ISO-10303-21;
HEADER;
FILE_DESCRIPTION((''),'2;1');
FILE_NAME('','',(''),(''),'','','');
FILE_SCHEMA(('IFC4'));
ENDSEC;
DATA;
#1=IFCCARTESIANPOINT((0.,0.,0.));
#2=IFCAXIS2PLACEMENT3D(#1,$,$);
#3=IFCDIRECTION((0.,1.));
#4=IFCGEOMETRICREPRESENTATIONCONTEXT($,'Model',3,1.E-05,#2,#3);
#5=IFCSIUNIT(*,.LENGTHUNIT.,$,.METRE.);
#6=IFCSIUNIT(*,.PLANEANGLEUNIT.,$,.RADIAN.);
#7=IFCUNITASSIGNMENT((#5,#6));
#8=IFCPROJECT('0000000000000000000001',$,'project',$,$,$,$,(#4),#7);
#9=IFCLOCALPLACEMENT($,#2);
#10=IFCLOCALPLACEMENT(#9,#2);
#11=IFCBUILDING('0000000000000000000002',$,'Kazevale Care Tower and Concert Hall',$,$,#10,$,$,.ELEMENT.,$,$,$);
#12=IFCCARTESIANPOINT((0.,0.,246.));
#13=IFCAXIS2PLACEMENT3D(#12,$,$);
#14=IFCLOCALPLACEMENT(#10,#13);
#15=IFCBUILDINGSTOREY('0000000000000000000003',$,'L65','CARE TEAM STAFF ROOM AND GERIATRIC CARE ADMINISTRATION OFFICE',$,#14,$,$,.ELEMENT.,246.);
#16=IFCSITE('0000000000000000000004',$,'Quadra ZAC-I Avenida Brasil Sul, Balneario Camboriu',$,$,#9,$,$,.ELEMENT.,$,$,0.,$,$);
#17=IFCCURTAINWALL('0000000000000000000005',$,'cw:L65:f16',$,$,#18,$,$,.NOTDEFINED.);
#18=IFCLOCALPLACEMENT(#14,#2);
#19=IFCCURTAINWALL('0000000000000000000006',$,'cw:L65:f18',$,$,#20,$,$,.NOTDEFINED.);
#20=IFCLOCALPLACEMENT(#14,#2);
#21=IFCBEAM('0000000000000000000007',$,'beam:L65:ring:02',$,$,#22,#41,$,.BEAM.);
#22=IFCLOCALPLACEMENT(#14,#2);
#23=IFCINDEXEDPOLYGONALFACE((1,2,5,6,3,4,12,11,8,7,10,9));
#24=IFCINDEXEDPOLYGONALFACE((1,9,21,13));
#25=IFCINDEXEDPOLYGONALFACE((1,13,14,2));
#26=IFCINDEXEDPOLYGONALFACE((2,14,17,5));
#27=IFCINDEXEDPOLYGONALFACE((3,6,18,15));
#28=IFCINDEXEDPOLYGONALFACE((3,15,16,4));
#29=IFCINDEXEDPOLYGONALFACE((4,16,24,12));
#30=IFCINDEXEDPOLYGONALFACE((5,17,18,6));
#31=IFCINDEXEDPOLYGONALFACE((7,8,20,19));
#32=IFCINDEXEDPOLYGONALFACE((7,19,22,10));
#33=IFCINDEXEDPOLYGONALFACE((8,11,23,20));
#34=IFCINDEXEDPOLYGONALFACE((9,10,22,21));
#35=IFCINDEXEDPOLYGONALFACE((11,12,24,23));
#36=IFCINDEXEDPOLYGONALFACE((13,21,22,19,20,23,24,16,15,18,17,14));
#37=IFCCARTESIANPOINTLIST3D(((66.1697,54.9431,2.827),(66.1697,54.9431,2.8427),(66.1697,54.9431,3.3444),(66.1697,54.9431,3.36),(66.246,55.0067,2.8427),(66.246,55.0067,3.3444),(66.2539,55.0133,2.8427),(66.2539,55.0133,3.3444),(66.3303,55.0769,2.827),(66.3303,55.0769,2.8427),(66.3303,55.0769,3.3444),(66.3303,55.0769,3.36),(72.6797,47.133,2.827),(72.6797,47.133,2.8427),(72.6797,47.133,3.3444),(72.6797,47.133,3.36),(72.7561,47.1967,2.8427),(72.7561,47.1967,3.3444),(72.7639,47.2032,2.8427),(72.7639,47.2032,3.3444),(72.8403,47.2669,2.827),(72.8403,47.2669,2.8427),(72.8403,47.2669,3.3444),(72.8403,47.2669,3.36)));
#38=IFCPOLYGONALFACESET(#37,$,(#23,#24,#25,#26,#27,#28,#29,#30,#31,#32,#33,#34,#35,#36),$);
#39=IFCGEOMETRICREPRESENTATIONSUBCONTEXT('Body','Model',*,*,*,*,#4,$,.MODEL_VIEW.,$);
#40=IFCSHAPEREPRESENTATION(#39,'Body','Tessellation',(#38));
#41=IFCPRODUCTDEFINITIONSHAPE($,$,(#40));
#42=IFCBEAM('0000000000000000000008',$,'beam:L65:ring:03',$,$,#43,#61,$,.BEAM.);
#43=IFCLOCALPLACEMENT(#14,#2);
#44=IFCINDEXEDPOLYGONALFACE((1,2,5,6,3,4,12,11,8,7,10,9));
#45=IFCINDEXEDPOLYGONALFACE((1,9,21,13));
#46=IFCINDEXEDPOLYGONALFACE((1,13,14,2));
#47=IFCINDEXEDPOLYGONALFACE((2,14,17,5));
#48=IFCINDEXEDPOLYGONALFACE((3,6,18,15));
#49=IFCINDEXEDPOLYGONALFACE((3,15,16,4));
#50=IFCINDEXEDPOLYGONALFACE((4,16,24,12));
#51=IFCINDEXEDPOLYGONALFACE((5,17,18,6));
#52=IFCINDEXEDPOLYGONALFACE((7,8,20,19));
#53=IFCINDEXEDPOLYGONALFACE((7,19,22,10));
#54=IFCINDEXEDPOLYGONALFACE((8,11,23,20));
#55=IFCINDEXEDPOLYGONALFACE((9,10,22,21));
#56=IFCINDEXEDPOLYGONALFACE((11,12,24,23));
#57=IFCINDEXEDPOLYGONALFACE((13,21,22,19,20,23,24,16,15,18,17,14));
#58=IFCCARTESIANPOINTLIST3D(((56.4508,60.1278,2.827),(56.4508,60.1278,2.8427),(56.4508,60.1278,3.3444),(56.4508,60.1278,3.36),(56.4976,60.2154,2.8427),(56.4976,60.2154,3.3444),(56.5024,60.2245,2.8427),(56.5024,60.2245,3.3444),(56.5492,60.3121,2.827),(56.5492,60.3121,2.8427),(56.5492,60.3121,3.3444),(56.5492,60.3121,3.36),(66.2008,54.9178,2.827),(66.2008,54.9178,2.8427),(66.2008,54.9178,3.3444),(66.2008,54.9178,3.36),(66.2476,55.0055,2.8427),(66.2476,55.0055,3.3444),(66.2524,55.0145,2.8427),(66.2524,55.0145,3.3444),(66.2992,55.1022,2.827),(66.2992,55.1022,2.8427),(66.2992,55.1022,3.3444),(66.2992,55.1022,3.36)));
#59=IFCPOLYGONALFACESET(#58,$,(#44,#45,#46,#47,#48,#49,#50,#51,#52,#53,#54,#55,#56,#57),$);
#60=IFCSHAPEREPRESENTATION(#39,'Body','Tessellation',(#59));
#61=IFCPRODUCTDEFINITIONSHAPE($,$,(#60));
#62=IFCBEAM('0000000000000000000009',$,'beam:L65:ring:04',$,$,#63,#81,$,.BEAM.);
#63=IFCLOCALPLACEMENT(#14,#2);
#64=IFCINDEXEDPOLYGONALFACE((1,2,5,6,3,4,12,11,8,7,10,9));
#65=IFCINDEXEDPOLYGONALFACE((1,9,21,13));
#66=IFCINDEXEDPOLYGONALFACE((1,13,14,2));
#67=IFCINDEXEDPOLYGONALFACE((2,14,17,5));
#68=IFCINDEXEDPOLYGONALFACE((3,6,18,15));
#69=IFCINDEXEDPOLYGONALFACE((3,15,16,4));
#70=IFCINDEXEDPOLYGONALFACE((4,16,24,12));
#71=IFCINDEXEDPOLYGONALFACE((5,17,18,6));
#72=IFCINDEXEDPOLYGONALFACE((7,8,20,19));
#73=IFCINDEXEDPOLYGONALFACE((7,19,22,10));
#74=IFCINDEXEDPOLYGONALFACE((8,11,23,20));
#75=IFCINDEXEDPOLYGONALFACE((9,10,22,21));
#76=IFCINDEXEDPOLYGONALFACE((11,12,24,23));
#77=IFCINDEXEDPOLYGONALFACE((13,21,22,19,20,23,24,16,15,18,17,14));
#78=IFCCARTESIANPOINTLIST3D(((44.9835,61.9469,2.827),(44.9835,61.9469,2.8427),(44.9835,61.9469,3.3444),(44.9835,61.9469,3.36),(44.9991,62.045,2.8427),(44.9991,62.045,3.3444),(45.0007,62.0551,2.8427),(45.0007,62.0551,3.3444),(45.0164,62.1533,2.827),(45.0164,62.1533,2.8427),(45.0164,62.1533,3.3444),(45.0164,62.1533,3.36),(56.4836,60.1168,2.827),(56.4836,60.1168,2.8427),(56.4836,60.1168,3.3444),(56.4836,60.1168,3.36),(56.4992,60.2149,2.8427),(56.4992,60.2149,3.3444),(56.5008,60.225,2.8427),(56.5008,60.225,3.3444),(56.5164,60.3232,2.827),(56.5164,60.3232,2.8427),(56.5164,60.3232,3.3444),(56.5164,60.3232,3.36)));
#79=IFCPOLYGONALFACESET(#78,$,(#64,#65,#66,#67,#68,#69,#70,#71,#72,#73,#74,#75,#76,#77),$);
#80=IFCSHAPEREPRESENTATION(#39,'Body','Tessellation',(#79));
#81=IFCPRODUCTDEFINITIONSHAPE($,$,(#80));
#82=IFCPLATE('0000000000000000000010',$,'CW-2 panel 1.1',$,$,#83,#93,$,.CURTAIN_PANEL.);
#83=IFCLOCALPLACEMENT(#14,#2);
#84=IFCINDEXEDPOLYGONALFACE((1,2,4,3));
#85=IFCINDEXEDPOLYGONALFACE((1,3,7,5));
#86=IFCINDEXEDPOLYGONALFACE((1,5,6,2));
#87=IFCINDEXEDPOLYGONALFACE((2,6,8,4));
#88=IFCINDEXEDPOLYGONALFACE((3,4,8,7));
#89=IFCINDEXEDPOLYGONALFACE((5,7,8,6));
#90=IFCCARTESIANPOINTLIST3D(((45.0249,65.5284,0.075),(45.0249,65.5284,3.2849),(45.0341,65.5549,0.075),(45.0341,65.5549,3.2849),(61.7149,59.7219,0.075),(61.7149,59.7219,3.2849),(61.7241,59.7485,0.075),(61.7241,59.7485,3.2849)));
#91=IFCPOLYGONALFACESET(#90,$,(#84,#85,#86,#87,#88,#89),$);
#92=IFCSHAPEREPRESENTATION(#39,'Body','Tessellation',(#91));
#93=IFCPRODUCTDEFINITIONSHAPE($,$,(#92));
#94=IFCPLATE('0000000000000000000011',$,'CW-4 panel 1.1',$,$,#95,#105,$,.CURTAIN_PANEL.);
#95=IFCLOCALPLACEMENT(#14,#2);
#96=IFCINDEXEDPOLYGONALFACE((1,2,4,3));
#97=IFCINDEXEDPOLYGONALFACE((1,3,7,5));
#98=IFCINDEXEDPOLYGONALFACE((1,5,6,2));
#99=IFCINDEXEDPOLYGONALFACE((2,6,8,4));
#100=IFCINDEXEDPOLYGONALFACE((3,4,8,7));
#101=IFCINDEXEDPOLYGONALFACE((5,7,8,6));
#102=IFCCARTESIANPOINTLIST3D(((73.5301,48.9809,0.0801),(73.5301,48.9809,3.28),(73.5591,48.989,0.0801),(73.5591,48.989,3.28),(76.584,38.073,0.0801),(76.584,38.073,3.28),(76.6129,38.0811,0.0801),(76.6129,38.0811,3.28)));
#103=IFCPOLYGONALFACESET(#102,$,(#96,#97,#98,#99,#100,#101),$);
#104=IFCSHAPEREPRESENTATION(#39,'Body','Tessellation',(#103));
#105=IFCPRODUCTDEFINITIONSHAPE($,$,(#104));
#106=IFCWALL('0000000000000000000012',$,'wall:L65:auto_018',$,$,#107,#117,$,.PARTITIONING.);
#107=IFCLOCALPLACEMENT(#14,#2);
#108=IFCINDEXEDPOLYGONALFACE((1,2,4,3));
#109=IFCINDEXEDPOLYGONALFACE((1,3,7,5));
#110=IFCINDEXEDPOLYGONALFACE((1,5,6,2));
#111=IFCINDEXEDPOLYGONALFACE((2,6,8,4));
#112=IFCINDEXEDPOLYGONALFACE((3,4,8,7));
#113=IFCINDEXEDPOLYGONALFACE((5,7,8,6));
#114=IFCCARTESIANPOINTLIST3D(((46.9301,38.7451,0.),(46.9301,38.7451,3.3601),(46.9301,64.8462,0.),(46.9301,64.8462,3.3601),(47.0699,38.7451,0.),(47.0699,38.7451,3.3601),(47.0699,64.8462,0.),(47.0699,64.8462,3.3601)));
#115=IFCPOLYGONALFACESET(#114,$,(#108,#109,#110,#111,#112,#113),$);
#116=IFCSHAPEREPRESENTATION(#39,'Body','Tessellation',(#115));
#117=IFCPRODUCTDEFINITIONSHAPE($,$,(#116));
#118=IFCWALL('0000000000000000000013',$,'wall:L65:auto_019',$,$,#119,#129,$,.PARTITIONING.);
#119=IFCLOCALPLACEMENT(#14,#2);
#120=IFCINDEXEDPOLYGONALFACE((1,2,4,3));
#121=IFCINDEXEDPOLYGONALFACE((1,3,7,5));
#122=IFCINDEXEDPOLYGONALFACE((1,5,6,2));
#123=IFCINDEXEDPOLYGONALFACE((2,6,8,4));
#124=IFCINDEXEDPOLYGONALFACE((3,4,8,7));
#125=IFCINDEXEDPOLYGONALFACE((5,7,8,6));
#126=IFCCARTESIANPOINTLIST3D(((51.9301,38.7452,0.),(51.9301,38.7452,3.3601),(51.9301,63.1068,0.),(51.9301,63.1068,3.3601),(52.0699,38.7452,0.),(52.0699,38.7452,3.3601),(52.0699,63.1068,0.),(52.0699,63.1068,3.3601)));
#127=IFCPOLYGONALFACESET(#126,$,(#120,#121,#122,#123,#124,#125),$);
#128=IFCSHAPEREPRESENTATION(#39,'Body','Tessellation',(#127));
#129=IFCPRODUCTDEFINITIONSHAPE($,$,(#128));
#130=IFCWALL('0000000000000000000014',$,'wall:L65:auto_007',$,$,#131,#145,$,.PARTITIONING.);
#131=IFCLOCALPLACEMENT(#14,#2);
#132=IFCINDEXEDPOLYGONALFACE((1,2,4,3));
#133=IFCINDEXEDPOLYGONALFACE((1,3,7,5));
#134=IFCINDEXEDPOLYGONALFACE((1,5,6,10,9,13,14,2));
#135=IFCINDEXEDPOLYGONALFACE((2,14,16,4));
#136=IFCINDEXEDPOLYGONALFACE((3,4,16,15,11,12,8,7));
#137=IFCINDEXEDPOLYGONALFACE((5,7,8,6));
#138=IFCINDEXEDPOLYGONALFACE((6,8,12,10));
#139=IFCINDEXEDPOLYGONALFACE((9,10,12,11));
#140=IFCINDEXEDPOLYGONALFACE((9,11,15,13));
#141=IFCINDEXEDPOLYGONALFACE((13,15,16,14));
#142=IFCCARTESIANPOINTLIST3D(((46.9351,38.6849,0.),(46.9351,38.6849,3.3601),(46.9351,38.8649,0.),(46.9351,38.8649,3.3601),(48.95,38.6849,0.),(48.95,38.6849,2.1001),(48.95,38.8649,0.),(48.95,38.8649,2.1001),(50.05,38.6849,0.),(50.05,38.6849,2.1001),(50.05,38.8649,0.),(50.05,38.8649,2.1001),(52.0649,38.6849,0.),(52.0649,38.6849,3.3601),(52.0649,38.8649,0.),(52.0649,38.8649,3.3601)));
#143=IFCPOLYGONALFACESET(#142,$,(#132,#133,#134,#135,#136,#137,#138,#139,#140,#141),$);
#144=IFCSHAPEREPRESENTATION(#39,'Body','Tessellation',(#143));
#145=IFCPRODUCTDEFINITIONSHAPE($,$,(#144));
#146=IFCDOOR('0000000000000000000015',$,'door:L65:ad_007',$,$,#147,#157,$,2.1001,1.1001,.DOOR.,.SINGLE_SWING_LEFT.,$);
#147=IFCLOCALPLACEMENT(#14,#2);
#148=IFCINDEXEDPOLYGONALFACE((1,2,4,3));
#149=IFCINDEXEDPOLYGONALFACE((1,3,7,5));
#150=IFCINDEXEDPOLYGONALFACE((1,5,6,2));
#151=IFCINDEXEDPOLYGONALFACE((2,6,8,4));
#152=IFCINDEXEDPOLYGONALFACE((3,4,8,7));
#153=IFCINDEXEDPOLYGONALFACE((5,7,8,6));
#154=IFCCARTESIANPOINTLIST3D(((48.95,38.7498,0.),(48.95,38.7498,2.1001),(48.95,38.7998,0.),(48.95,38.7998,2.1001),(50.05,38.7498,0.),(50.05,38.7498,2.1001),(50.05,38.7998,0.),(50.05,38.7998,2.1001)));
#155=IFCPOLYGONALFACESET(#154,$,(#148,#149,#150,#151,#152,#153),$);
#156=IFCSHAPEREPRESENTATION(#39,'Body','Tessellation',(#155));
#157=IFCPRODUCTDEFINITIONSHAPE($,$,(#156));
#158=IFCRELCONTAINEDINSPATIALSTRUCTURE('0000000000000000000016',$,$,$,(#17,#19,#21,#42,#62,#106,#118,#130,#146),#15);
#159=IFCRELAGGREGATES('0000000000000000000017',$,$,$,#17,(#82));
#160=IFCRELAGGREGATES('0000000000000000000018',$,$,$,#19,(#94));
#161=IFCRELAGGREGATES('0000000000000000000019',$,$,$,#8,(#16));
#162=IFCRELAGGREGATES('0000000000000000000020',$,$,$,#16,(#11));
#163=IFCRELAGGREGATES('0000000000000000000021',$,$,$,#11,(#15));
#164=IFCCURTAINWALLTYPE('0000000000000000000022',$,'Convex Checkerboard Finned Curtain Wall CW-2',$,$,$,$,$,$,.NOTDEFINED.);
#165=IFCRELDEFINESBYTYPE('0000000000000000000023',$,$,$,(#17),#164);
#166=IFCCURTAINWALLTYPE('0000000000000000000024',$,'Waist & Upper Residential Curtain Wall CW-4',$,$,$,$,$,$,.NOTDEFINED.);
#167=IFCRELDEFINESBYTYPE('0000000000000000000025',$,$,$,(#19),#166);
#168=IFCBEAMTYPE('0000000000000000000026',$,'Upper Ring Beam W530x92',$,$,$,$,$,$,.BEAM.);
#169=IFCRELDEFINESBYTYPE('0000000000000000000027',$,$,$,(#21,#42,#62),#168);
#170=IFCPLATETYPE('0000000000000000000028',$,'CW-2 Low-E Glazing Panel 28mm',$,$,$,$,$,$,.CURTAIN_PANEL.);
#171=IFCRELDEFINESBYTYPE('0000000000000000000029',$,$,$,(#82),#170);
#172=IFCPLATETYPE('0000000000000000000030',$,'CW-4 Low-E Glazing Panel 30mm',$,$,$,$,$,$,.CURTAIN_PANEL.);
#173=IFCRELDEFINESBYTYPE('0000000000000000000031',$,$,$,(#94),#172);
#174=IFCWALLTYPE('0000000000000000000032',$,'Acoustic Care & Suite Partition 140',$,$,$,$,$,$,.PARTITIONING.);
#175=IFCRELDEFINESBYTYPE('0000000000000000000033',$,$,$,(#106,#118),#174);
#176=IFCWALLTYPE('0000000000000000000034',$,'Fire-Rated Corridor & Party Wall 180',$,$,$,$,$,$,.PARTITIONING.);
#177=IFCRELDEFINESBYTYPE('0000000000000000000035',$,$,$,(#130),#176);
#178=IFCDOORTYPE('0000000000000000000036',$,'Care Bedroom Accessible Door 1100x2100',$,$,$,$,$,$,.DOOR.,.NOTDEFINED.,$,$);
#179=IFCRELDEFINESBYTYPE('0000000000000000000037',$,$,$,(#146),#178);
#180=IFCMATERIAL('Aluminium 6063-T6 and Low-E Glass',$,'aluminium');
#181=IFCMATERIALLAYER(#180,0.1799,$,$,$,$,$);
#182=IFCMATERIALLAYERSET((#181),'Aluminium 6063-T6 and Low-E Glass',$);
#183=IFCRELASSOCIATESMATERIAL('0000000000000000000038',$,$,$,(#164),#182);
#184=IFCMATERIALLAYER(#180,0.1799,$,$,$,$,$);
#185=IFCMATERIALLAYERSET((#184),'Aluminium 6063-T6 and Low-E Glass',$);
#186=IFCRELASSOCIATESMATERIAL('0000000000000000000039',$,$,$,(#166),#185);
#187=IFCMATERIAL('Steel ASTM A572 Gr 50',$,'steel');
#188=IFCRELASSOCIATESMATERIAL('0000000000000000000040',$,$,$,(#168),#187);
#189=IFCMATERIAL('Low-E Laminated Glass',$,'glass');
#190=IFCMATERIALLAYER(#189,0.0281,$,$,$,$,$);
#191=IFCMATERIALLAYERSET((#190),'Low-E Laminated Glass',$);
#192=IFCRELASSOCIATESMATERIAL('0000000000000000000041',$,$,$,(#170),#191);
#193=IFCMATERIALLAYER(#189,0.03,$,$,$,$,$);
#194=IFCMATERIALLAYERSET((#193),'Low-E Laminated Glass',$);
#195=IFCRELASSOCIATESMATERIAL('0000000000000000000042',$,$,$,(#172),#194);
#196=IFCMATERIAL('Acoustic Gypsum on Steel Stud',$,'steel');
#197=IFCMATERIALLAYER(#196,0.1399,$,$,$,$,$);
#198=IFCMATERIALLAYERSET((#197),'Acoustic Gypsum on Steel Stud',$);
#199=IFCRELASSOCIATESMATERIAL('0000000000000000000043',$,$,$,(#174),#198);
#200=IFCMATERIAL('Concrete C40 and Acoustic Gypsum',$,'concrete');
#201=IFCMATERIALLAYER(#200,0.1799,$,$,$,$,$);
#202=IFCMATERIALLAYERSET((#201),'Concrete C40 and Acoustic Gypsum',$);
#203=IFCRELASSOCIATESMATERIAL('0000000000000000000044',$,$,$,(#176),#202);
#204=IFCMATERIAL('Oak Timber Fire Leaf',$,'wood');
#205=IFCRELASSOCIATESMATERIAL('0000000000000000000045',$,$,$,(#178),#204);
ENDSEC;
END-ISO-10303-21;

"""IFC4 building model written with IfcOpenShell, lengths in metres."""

from ifc_helpers import new_model, si_unit, direction, frame, frame_2d, origin, origin_2d, place, context, subcontext, project, spatial, rectangle, i_section, extrude, material, layer, layer_set, material_profile, profile_set, type_object, element, fill, aggregate, save


model = new_model("IFC4")

# Units and contexts
model_context = context("Model", 3, precision=1e-05, world=origin(), true_north=direction((0.0, 1.0)))
body_context = subcontext(model_context, "Body", "Model", "MODEL_VIEW")
ifc_project = project(units=[si_unit("LENGTHUNIT", "METRE"), si_unit("PLANEANGLEUNIT", "RADIAN")], contexts=[model_context])

# Site, building, storey
site_placement = place(None, origin())
site = spatial("IfcSite", under=ifc_project, at=site_placement, Name="Quadra ZAC-I Avenida Brasil Sul, Balneario Camboriu", CompositionType="ELEMENT", RefElevation=0.0)
building_placement = place(site_placement, origin())
building = spatial("IfcBuilding", under=site, at=building_placement, Name="Kazevale Care Tower and Concert Hall", CompositionType="ELEMENT")
storey_placement = place(building_placement, frame((0.0, 0.0, 246.0)))
storey = spatial("IfcBuildingStorey", under=building, at=storey_placement, Name="L65", Description="CARE TEAM STAFF ROOM AND GERIATRIC CARE ADMINISTRATION OFFICE", CompositionType="ELEMENT", Elevation=246.0)

# Curtain wall
ifc_material_1 = material(Name="Aluminium 6063-T6 and Low-E Glass", Category="aluminium")
ifc_layer_1 = layer(ifc_material_1, 0.1799)
ifc_layer_set_1 = layer_set([ifc_layer_1], Name="Aluminium 6063-T6 and Low-E Glass")
curtain_wall_type_1 = type_object("IfcCurtainWallType", Name="Convex Checkerboard Finned Curtain Wall CW-2", PredefinedType="NOTDEFINED", material=ifc_layer_set_1)
curtain_wall_1_placement = place(storey_placement, origin())
curtain_wall_1 = element("IfcCurtainWall", 1, at=curtain_wall_1_placement, inside=storey, type_object=curtain_wall_type_1, Name="cw:L65:f16", PredefinedType="NOTDEFINED")

# Curtain wall
ifc_layer_2 = layer(ifc_material_1, 0.1799)
ifc_layer_set_2 = layer_set([ifc_layer_2], Name="Aluminium 6063-T6 and Low-E Glass")
curtain_wall_type_2 = type_object("IfcCurtainWallType", Name="Waist & Upper Residential Curtain Wall CW-4", PredefinedType="NOTDEFINED", material=ifc_layer_set_2)
curtain_wall_2_placement = place(storey_placement, origin())
curtain_wall_2 = element("IfcCurtainWall", 2, at=curtain_wall_2_placement, inside=storey, type_object=curtain_wall_type_2, Name="cw:L65:f18", PredefinedType="NOTDEFINED")

# Beams
ifc_material_2 = material(Name="Steel ASTM A572 Gr 50", Category="steel")
ifc_material_profile_1 = material_profile(ifc_material_2, i_section(OverallWidth=0.209, OverallDepth=0.533, WebThickness=0.0103, FlangeThickness=0.0156, at=origin_2d()), Name="W530x92")
ifc_profile_set_1 = profile_set([ifc_material_profile_1], Name="Steel ASTM A572 Gr 50")
beam_type_1 = type_object("IfcBeamType", Name="Upper Ring Beam W530x92", PredefinedType="BEAM", material=ifc_profile_set_1)
beam_1_placement = place(storey_placement, frame((72.76, 47.2, 3.0935), z_axis=(-0.640279, 0.768143, 0.0), x_axis=(-0.768143, -0.640279, 0.0)))
element("IfcBeam", 3, at=beam_1_placement, inside=storey, type_object=beam_type_1, Name="beam:L65:ring:02", PredefinedType="BEAM", context=body_context, shape_type="SweptSolid", body=[
    extrude(i_section(OverallWidth=0.209, OverallDepth=0.533, WebThickness=0.0103, FlangeThickness=0.0156, at=origin_2d()), origin(), (0.0, 0.0, 1.0), 10.1675),
])
beam_2_placement = place(storey_placement, frame((66.25, 55.01, 3.0935), z_axis=(-0.881979, 0.47129, 0.0), x_axis=(-0.47129, -0.881979, 0.0)))
element("IfcBeam", 4, at=beam_2_placement, inside=storey, type_object=beam_type_1, Name="beam:L65:ring:03", PredefinedType="BEAM", context=body_context, shape_type="SweptSolid", body=[
    extrude(i_section(OverallWidth=0.209, OverallDepth=0.533, WebThickness=0.0103, FlangeThickness=0.0156, at=origin_2d()), origin(), (0.0, 0.0, 1.0), 11.0547),
])
beam_3_placement = place(storey_placement, frame((56.5, 60.22, 3.0935), z_axis=(-0.987573, 0.15716, 0.0), x_axis=(-0.15716, -0.987573, 0.0)))
element("IfcBeam", 5, at=beam_3_placement, inside=storey, type_object=beam_type_1, Name="beam:L65:ring:04", PredefinedType="BEAM", context=body_context, shape_type="SweptSolid", body=[
    extrude(i_section(OverallWidth=0.209, OverallDepth=0.533, WebThickness=0.0103, FlangeThickness=0.0156, at=origin_2d()), origin(), (0.0, 0.0, 1.0), 11.6448),
])

# Plates
ifc_material_3 = material(Name="Low-E Laminated Glass", Category="glass")
ifc_layer_3 = layer(ifc_material_3, 0.0281)
ifc_layer_set_3 = layer_set([ifc_layer_3], Name="Low-E Laminated Glass")
plate_type_1 = type_object("IfcPlateType", Name="CW-2 Low-E Glazing Panel 28mm", PredefinedType="CURTAIN_PANEL", material=ifc_layer_set_3)
plate_1_placement = place(storey_placement, frame((53.3745, 62.6384, 0.075), z_axis=(0.0, 0.0, 1.0), x_axis=(0.944475, -0.328584, 0.0)))
plate_1 = element("IfcPlate", 6, at=plate_1_placement, type_object=plate_type_1, Name="CW-2 panel 1.1", PredefinedType="CURTAIN_PANEL", context=body_context, shape_type="SweptSolid", body=[
    extrude(rectangle(XDim=17.6711, YDim=0.0281, at=origin_2d()), origin(), (0.0, 0.0, 1.0), 3.21),
])
aggregate(curtain_wall_1, [plate_1])
ifc_layer_4 = layer(ifc_material_3, 0.03)
ifc_layer_set_4 = layer_set([ifc_layer_4], Name="Low-E Laminated Glass")
plate_type_2 = type_object("IfcPlateType", Name="CW-4 Low-E Glazing Panel 30mm", PredefinedType="CURTAIN_PANEL", material=ifc_layer_set_4)
plate_2_placement = place(storey_placement, frame((75.0715, 43.531, 0.0801), z_axis=(0.0, 0.0, 1.0), x_axis=(0.269601, -0.962972, 0.0)))
plate_2 = element("IfcPlate", 7, at=plate_2_placement, type_object=plate_type_2, Name="CW-4 panel 1.1", PredefinedType="CURTAIN_PANEL", context=body_context, shape_type="SweptSolid", body=[
    extrude(rectangle(XDim=11.3274, YDim=0.03, at=origin_2d()), origin(), (0.0, 0.0, 1.0), 3.2),
])
aggregate(curtain_wall_2, [plate_2])

# Walls
ifc_material_4 = material(Name="Acoustic Gypsum on Steel Stud", Category="steel")
ifc_layer_5 = layer(ifc_material_4, 0.1399)
ifc_layer_set_5 = layer_set([ifc_layer_5], Name="Acoustic Gypsum on Steel Stud")
wall_type_1 = type_object("IfcWallType", Name="Acoustic Care & Suite Partition 140", PredefinedType="PARTITIONING", material=ifc_layer_set_5)
wall_1_placement = place(storey_placement, frame((47.0, 64.8462, 0.0), z_axis=(0.0, 0.0, 1.0), x_axis=(0.0, -1.0, 0.0)))
element("IfcWall", 8, at=wall_1_placement, inside=storey, type_object=wall_type_1, Name="wall:L65:auto_018", PredefinedType="PARTITIONING", context=body_context, shape_type="SweptSolid", body=[
    extrude(rectangle(XDim=26.1011, YDim=0.1399, at=frame_2d((13.0505, 0.0))), origin(), (0.0, 0.0, 1.0), 3.3601),
])
wall_2_placement = place(storey_placement, frame((52.0, 63.1067, 0.0), z_axis=(0.0, 0.0, 1.0), x_axis=(0.0, -1.0, 0.0)))
element("IfcWall", 9, at=wall_2_placement, inside=storey, type_object=wall_type_1, Name="wall:L65:auto_019", PredefinedType="PARTITIONING", context=body_context, shape_type="SweptSolid", body=[
    extrude(rectangle(XDim=24.3616, YDim=0.1399, at=frame_2d((12.1807, 0.0))), origin(), (0.0, 0.0, 1.0), 3.3601),
])

# Wall, opening, door
ifc_material_5 = material(Name="Concrete C40 and Acoustic Gypsum", Category="concrete")
ifc_layer_6 = layer(ifc_material_5, 0.1799)
ifc_layer_set_6 = layer_set([ifc_layer_6], Name="Concrete C40 and Acoustic Gypsum")
wall_type_2 = type_object("IfcWallType", Name="Fire-Rated Corridor & Party Wall 180", PredefinedType="PARTITIONING", material=ifc_layer_set_6)
wall_3_placement = place(storey_placement, frame((46.9351, 38.7749, 0.0), z_axis=(0.0, 0.0, 1.0), x_axis=(1.0, 0.0, 0.0)))
wall_3 = element("IfcWall", 10, at=wall_3_placement, inside=storey, type_object=wall_type_2, Name="wall:L65:auto_007", PredefinedType="PARTITIONING", context=body_context, shape_type="SweptSolid", body=[
    extrude(rectangle(XDim=5.1299, YDim=0.1799, at=frame_2d((2.5649, 0.0))), origin(), (0.0, 0.0, 1.0), 3.3601),
])
opening_1_placement = place(wall_3_placement, frame((2.0149, 0.0, 0.0)))
opening_1 = element("IfcOpeningElement", 11, at=opening_1_placement, cuts=wall_3, PredefinedType="OPENING", context=body_context, shape_type="SweptSolid", body=[
    extrude(rectangle(XDim=1.1001, YDim=2.1001, at=frame_2d((0.55, 1.05))), frame((0.0, 0.0999, 0.0), z_axis=(0.0, -1.0, 0.0), x_axis=(1.0, 0.0, 0.0)), (0.0, 0.0, 1.0), 0.2),
])
ifc_material_6 = material(Name="Oak Timber Fire Leaf", Category="wood")
door_type = type_object("IfcDoorType", Name="Care Bedroom Accessible Door 1100x2100", OperationType="NOTDEFINED", PredefinedType="DOOR", material=ifc_material_6)
door_1_placement = place(opening_1_placement, origin())
door_1 = element("IfcDoor", 12, at=door_1_placement, inside=storey, type_object=door_type, Name="door:L65:ad_007", OperationType="SINGLE_SWING_LEFT", OverallHeight=2.1001, OverallWidth=1.1001, PredefinedType="DOOR", context=body_context, shape_type="SweptSolid", body=[
    extrude(rectangle(XDim=1.1001, YDim=2.1001, at=frame_2d((0.55, 1.05))), frame((0.0, 0.0249, 0.0), z_axis=(0.0, -1.0, 0.0), x_axis=(1.0, 0.0, 0.0)), (0.0, 0.0, 1.0), 0.05),
])
fill(opening_1, door_1)

save(model, "model.ifc")
